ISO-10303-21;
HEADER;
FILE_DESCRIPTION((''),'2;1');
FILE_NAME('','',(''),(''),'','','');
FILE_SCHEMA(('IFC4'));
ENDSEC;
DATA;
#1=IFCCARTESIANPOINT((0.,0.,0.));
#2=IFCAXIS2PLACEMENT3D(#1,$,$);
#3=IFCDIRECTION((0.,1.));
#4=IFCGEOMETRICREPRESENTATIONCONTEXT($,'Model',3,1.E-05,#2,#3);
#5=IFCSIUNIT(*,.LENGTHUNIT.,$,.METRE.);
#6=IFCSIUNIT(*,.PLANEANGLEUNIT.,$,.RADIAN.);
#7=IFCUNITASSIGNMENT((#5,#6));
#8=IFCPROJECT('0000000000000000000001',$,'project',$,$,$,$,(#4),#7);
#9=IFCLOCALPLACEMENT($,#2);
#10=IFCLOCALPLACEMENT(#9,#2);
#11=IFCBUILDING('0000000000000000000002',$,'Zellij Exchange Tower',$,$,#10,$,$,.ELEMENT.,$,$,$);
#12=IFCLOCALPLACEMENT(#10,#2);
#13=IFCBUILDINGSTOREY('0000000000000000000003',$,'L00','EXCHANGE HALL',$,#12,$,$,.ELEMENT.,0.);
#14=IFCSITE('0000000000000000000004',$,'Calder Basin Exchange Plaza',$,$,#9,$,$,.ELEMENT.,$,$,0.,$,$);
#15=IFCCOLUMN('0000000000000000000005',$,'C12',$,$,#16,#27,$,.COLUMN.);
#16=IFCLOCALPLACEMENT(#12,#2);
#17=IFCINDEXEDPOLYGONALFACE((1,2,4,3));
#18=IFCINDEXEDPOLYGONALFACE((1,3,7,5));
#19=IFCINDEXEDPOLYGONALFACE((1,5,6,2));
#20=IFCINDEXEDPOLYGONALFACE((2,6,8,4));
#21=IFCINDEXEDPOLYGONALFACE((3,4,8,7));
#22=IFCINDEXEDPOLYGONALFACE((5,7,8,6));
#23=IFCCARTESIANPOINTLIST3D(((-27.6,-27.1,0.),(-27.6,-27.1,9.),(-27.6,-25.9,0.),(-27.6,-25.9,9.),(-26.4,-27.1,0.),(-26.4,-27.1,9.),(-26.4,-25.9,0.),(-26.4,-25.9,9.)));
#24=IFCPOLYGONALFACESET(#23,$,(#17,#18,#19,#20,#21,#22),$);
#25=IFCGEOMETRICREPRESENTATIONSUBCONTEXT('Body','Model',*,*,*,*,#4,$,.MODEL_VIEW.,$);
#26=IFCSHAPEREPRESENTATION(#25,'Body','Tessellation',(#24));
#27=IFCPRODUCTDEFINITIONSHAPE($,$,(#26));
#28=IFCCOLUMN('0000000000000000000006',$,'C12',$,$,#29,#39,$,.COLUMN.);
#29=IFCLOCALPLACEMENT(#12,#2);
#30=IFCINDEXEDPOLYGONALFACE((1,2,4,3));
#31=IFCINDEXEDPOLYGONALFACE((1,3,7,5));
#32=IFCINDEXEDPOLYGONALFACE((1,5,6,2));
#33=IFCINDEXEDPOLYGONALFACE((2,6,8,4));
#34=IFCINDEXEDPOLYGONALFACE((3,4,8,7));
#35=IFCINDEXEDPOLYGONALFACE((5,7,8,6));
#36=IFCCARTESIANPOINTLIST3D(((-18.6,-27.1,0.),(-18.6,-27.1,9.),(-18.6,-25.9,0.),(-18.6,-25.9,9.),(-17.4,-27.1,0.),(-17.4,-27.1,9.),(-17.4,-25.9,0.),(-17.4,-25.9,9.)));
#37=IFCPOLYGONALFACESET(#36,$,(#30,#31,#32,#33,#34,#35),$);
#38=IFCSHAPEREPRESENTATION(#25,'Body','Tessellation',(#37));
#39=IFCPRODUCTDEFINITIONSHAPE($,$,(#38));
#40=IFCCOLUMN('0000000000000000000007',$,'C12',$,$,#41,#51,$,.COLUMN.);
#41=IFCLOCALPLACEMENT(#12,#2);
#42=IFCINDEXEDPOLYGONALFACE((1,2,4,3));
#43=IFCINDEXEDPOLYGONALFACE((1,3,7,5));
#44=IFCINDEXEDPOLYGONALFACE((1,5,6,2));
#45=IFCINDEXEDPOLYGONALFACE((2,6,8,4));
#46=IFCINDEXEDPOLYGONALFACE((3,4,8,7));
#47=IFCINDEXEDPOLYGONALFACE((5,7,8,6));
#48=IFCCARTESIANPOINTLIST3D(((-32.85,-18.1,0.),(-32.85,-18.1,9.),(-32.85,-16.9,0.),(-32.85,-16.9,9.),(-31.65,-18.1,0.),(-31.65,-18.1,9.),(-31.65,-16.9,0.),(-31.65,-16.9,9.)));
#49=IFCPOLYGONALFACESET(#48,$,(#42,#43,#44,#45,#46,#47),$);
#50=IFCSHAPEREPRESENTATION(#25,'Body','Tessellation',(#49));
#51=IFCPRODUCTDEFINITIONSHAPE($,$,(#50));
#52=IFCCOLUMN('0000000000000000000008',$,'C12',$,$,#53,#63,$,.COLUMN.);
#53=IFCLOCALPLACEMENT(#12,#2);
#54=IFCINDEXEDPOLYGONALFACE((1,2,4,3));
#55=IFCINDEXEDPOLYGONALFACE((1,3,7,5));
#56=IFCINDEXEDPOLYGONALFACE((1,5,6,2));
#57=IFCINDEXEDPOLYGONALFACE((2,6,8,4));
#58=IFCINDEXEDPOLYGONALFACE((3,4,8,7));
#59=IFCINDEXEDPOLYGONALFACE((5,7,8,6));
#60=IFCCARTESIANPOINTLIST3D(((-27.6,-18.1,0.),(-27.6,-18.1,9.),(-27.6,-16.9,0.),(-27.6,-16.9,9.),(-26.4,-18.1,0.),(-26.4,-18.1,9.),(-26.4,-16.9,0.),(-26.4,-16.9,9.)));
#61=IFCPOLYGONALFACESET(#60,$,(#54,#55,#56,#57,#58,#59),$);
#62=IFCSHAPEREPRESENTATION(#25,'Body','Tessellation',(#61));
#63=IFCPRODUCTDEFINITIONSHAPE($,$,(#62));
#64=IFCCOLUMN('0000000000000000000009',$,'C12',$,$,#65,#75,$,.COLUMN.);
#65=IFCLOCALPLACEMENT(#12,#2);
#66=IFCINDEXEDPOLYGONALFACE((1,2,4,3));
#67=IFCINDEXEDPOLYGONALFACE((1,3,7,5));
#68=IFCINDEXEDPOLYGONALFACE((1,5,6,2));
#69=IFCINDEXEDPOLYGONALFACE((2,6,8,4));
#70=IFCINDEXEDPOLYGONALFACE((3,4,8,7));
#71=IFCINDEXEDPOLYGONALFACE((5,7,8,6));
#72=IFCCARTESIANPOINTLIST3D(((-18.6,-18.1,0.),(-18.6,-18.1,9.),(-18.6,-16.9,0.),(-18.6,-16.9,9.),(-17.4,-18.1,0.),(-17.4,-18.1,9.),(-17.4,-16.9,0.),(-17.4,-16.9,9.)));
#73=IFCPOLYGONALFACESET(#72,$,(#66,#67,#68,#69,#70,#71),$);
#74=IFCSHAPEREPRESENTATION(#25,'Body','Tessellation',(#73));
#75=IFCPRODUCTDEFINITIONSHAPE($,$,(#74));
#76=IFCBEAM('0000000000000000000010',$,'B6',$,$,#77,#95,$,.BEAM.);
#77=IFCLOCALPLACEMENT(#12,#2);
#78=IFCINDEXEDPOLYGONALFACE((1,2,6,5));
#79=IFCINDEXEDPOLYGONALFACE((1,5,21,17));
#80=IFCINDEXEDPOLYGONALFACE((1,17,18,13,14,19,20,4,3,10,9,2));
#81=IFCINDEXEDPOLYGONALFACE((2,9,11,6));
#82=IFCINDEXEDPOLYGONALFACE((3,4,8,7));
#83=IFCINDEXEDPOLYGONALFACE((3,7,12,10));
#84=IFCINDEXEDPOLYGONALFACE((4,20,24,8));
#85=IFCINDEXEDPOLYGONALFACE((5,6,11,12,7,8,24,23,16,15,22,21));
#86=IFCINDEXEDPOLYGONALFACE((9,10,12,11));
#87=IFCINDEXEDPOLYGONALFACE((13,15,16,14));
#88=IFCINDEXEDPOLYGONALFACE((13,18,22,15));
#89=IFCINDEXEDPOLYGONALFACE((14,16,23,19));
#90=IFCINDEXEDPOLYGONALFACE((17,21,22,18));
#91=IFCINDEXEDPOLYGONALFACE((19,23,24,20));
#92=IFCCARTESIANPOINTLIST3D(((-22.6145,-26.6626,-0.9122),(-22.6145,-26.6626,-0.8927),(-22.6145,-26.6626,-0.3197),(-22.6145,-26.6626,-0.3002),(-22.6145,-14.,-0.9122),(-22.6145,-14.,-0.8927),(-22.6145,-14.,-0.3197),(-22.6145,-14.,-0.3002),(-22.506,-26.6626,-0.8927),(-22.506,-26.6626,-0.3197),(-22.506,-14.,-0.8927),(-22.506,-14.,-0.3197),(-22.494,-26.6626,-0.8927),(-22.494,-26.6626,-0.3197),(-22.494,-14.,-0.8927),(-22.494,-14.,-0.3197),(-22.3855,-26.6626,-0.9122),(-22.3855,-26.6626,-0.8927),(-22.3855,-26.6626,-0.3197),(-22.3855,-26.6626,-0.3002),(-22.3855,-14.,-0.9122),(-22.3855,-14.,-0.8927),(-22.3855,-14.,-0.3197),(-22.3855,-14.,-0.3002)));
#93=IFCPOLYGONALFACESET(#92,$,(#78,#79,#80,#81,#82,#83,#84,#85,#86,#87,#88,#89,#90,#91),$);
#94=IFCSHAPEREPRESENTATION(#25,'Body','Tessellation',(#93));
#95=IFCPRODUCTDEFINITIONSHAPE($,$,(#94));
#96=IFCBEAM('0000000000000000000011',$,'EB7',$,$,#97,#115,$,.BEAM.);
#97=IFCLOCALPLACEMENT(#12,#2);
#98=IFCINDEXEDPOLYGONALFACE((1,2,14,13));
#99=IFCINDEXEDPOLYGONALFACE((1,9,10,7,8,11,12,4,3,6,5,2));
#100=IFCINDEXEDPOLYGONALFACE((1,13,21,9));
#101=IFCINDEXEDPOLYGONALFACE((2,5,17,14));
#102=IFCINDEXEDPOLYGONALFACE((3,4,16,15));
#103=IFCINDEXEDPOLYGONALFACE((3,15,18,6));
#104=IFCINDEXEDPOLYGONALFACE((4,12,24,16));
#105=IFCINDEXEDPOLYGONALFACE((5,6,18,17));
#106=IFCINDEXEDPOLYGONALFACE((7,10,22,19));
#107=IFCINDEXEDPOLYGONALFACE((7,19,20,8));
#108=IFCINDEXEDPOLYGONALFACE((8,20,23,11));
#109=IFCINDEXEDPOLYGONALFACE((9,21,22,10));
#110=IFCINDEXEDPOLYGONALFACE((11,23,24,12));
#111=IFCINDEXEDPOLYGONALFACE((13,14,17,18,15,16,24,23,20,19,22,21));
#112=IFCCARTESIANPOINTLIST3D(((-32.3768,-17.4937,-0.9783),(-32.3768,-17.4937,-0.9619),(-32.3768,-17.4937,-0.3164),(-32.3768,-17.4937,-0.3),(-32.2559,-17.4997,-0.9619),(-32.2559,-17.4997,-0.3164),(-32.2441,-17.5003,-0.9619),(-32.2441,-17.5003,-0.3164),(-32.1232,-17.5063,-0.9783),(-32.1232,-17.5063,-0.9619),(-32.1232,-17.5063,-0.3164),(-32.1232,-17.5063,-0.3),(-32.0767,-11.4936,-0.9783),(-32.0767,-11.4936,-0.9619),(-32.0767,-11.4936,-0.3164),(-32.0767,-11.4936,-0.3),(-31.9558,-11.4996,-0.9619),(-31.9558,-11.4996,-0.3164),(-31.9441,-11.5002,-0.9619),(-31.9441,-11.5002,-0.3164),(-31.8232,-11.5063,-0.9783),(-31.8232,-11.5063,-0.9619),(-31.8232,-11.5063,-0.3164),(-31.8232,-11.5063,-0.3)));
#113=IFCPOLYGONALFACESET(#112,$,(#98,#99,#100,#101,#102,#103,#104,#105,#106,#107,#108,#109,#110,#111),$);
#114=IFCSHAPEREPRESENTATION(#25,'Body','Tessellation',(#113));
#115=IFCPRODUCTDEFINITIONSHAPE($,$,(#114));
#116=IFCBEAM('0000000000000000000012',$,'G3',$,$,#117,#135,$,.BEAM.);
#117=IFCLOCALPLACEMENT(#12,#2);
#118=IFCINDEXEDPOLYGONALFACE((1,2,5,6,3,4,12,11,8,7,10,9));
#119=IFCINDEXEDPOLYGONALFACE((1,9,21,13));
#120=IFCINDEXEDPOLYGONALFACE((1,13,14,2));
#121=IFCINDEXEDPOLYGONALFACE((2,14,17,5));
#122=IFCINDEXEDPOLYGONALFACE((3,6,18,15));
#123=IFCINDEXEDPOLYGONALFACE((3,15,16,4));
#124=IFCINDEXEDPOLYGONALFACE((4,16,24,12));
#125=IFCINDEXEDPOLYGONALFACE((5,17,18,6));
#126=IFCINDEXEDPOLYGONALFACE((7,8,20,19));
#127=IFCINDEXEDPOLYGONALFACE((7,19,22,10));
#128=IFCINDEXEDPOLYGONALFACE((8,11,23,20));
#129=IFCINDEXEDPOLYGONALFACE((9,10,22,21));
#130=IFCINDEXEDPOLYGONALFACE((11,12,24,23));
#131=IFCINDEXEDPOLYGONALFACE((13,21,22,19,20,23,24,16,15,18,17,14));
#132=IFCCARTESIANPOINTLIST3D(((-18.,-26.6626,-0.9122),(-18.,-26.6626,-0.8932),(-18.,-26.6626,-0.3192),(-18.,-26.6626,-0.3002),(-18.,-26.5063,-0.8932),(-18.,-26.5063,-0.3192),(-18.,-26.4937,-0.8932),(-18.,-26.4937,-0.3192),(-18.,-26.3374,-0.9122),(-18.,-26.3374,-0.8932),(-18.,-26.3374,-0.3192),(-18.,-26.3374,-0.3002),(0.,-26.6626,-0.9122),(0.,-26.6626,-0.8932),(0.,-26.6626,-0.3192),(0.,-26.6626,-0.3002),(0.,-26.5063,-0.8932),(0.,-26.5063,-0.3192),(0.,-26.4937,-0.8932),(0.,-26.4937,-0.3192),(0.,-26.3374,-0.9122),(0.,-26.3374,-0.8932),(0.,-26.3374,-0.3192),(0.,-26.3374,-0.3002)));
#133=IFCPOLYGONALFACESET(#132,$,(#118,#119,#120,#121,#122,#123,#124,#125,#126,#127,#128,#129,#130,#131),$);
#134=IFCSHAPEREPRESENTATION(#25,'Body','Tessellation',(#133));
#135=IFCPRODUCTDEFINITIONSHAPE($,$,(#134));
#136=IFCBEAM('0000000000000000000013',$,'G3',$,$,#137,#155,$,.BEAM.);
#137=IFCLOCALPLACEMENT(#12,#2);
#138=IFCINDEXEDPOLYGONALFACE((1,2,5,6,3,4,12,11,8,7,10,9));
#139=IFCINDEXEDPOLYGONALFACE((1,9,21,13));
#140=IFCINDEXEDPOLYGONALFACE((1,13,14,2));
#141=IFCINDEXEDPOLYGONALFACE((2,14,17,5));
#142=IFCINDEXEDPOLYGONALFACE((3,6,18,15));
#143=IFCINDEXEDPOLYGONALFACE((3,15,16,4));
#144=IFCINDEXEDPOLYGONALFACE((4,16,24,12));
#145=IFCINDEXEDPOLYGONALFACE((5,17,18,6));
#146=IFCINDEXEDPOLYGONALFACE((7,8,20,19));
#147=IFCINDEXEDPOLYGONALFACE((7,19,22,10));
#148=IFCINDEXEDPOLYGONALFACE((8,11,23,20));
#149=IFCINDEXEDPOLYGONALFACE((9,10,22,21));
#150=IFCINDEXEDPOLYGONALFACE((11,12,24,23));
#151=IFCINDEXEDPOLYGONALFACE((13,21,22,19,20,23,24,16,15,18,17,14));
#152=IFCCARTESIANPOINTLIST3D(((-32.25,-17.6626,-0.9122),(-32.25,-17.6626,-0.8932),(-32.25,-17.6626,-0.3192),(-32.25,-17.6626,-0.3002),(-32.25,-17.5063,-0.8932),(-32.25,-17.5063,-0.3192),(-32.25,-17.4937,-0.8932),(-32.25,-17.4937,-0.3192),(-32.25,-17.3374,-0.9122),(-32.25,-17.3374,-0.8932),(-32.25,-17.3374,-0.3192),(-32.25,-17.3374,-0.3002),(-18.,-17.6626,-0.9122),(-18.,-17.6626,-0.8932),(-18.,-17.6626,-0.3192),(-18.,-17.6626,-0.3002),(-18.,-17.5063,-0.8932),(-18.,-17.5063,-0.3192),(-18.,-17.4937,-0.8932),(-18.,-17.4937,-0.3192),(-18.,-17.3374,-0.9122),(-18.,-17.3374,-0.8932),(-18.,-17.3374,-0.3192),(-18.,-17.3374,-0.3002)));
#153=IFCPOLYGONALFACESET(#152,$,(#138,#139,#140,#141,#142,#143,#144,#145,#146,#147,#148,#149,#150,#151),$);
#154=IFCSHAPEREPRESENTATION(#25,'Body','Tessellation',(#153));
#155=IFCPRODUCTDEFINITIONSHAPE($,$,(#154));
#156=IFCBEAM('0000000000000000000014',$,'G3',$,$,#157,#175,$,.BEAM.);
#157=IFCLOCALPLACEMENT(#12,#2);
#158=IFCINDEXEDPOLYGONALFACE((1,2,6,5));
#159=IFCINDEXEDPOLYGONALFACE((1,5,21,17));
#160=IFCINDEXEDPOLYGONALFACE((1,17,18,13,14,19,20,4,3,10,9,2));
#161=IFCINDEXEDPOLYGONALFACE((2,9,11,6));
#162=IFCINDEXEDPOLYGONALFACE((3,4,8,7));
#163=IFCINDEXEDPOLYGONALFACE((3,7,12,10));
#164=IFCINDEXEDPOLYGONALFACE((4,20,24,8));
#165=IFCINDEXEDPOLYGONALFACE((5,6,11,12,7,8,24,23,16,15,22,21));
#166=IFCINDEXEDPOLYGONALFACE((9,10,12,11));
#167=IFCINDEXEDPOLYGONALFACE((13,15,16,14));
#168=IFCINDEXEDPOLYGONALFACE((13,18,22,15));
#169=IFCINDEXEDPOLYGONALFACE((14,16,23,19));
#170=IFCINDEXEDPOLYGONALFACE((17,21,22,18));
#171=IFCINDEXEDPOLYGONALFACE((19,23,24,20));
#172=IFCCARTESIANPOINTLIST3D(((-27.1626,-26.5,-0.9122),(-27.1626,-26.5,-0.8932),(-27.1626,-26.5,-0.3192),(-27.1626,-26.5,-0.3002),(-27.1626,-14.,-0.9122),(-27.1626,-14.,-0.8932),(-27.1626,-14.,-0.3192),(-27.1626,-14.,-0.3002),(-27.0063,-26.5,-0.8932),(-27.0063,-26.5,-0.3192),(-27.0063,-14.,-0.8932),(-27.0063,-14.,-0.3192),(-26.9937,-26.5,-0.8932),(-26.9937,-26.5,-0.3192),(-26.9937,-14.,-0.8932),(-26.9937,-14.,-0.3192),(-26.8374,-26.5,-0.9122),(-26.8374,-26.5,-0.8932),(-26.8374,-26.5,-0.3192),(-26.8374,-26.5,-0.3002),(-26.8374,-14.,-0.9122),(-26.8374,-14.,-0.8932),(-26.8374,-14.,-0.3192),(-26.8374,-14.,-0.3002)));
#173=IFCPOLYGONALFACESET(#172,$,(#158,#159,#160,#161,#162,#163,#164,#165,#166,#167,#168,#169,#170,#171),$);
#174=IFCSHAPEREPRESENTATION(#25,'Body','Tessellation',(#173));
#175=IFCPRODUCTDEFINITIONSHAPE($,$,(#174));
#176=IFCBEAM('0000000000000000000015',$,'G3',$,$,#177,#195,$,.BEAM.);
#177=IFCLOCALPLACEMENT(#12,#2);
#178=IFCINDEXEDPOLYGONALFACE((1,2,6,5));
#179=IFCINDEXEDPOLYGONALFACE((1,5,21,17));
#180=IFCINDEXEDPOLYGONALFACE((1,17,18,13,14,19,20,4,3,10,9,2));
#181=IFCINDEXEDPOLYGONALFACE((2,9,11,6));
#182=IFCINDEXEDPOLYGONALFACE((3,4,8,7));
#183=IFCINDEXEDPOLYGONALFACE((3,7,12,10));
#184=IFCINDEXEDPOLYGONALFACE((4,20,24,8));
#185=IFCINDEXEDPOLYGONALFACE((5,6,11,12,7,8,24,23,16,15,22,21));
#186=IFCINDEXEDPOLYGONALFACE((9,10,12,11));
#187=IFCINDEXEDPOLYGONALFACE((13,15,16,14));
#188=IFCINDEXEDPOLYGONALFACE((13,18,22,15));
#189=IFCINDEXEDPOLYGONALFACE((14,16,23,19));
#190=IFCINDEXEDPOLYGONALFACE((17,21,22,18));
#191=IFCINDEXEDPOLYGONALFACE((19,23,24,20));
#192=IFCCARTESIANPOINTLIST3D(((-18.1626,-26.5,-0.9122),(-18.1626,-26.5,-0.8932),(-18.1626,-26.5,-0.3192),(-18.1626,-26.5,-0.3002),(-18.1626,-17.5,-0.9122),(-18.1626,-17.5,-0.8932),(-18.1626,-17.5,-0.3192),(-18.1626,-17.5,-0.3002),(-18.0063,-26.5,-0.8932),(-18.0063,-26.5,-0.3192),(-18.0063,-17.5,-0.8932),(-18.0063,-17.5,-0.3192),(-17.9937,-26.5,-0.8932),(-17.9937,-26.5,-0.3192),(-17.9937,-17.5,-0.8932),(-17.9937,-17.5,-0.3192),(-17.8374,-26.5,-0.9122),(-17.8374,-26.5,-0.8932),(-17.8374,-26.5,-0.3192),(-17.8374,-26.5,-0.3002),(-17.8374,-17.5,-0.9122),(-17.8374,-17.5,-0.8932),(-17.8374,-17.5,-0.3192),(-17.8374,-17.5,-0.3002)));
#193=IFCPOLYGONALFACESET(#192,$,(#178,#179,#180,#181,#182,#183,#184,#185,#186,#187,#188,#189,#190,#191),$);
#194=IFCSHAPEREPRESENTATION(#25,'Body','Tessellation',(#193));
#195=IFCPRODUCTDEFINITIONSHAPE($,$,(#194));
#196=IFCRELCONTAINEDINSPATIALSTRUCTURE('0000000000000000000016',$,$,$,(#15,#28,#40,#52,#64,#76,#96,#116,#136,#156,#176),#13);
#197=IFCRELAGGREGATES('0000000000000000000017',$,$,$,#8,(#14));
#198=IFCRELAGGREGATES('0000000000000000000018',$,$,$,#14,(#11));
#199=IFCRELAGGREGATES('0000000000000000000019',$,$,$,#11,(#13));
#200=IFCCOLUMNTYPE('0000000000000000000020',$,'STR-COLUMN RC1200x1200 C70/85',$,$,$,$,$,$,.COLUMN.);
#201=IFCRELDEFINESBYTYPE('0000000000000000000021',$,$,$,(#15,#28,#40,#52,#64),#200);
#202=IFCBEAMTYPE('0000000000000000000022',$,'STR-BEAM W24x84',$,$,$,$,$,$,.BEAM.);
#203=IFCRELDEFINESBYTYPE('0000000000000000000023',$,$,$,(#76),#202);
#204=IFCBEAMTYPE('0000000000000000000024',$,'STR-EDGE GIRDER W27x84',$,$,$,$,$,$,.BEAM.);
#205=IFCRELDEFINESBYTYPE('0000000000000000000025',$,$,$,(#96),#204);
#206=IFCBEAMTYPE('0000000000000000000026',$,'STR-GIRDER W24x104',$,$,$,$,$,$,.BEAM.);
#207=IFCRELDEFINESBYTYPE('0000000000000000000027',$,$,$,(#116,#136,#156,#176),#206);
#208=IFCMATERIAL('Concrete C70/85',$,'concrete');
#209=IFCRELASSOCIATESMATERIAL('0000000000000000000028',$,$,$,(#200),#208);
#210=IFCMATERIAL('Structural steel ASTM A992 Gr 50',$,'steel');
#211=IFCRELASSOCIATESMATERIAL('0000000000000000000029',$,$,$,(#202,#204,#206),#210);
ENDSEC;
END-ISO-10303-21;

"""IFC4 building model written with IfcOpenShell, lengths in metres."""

from ifc_helpers import new_model, si_unit, direction, frame, origin, origin_2d, place, context, subcontext, project, spatial, rectangle, i_section, extrude, material, material_profile, profile_set, type_object, element, save


model = new_model("IFC4")

# Units and contexts
model_context = context("Model", 3, precision=1e-05, world=origin(), true_north=direction((0.0, 1.0)))
body_context = subcontext(model_context, "Body", "Model", "MODEL_VIEW")
ifc_project = project(units=[si_unit("LENGTHUNIT", "METRE"), si_unit("PLANEANGLEUNIT", "RADIAN")], contexts=[model_context])

# Site, building, storey
site_placement = place(None, origin())
site = spatial("IfcSite", under=ifc_project, at=site_placement, Name="Calder Basin Exchange Plaza", CompositionType="ELEMENT", RefElevation=0.0)
building_placement = place(site_placement, origin())
building = spatial("IfcBuilding", under=site, at=building_placement, Name="Zellij Exchange Tower", CompositionType="ELEMENT")
storey_placement = place(building_placement, origin())
storey = spatial("IfcBuildingStorey", under=building, at=storey_placement, Name="L00", Description="EXCHANGE HALL", CompositionType="ELEMENT", Elevation=0.0)

# Columns
ifc_material_1 = material(Name="Concrete C70/85", Category="concrete")
ifc_material_profile_1 = material_profile(ifc_material_1, rectangle(XDim=1.2, YDim=1.2, at=origin_2d()), Name="STR-COLUMN RC1200x1200 C70/85")
ifc_profile_set_1 = profile_set([ifc_material_profile_1], Name="Concrete C70/85")
column_type = type_object("IfcColumnType", Name="STR-COLUMN RC1200x1200 C70/85", PredefinedType="COLUMN", material=ifc_profile_set_1)
for number, where, z_axis, x_axis, name in (
    (1, (-27.0, -26.5, 0.0), (0.0, 0.0, 1.0), (1.0, 0.0, 0.0), "C12"),
    (2, (-18.0, -26.5, 0.0), (0.0, 0.0, 1.0), (1.0, 0.0, 0.0), "C12"),
    (3, (-32.25, -17.5, 0.0), (0.0, 0.0, 1.0), (1.0, 0.0, 0.0), "C12"),
    (4, (-27.0, -17.5, 0.0), (0.0, 0.0, 1.0), (1.0, 0.0, 0.0), "C12"),
    (5, (-18.0, -17.5, 0.0), (0.0, 0.0, 1.0), (1.0, 0.0, 0.0), "C12"),
):
    element("IfcColumn", number, at=place(storey_placement, frame(where, z_axis=z_axis, x_axis=x_axis)), inside=storey, type_object=column_type, Name=name, PredefinedType="COLUMN", context=body_context, shape_type="SweptSolid", body=[
        extrude(rectangle(XDim=1.2, YDim=1.2, at=origin_2d()), origin(), (0.0, 0.0, 1.0), 9.0),
    ])

# Beams
ifc_material_2 = material(Name="Structural steel ASTM A992 Gr 50", Category="steel")
ifc_material_profile_2 = material_profile(ifc_material_2, i_section(OverallWidth=0.229, OverallDepth=0.6121, WebThickness=0.012, FlangeThickness=0.0195, at=origin_2d()), Name="W24x84")
ifc_profile_set_2 = profile_set([ifc_material_profile_2], Name="Structural steel ASTM A992 Gr 50")
beam_type_1 = type_object("IfcBeamType", Name="STR-BEAM W24x84", PredefinedType="BEAM", material=ifc_profile_set_2)
beam_1_placement = place(storey_placement, frame((-22.5, -26.6626, -0.6062), z_axis=(0.0, 1.0, 0.0), x_axis=(-1.0, 0.0, 0.0)))
element("IfcBeam", 6, at=beam_1_placement, inside=storey, type_object=beam_type_1, Name="B6", PredefinedType="BEAM", context=body_context, shape_type="SweptSolid", body=[
    extrude(i_section(OverallWidth=0.229, OverallDepth=0.6121, WebThickness=0.012, FlangeThickness=0.0195, at=origin_2d()), origin(), (0.0, 0.0, 1.0), 12.6626),
])
ifc_material_profile_3 = material_profile(ifc_material_2, i_section(OverallWidth=0.2539, OverallDepth=0.6782, WebThickness=0.0117, FlangeThickness=0.0164, at=origin_2d()), Name="W27x84")
ifc_profile_set_3 = profile_set([ifc_material_profile_3], Name="Structural steel ASTM A992 Gr 50")
beam_type_2 = type_object("IfcBeamType", Name="STR-EDGE GIRDER W27x84", PredefinedType="BEAM", material=ifc_profile_set_3)
beam_2_placement = place(storey_placement, frame((-32.25, -17.5, -0.6392), z_axis=(0.049946, 0.998752, 0.0), x_axis=(-0.998752, 0.049946, 0.0)))
element("IfcBeam", 7, at=beam_2_placement, inside=storey, type_object=beam_type_2, Name="EB7", PredefinedType="BEAM", context=body_context, shape_type="SweptSolid", body=[
    extrude(i_section(OverallWidth=0.2539, OverallDepth=0.6782, WebThickness=0.0117, FlangeThickness=0.0164, at=origin_2d()), origin(), (0.0, 0.0, 1.0), 6.0076),
])
ifc_material_profile_4 = material_profile(ifc_material_2, i_section(OverallWidth=0.3252, OverallDepth=0.6121, WebThickness=0.0127, FlangeThickness=0.019, at=origin_2d()), Name="W24x104")
ifc_profile_set_4 = profile_set([ifc_material_profile_4], Name="Structural steel ASTM A992 Gr 50")
beam_type_3 = type_object("IfcBeamType", Name="STR-GIRDER W24x104", PredefinedType="BEAM", material=ifc_profile_set_4)
beam_3_placement = place(storey_placement, frame((-18.0, -26.5, -0.6062), z_axis=(1.0, 0.0, 0.0), x_axis=(0.0, 1.0, 0.0)))
element("IfcBeam", 8, at=beam_3_placement, inside=storey, type_object=beam_type_3, Name="G3", PredefinedType="BEAM", context=body_context, shape_type="SweptSolid", body=[
    extrude(i_section(OverallWidth=0.3252, OverallDepth=0.6121, WebThickness=0.0127, FlangeThickness=0.019, at=origin_2d()), origin(), (0.0, 0.0, 1.0), 18.0),
])
beam_4_placement = place(storey_placement, frame((-32.25, -17.5, -0.6062), z_axis=(1.0, 0.0, 0.0), x_axis=(0.0, 1.0, 0.0)))
element("IfcBeam", 9, at=beam_4_placement, inside=storey, type_object=beam_type_3, Name="G3", PredefinedType="BEAM", context=body_context, shape_type="SweptSolid", body=[
    extrude(i_section(OverallWidth=0.3252, OverallDepth=0.6121, WebThickness=0.0127, FlangeThickness=0.019, at=origin_2d()), origin(), (0.0, 0.0, 1.0), 14.25),
])
beam_5_placement = place(storey_placement, frame((-27.0, -26.5, -0.6062), z_axis=(0.0, 1.0, 0.0), x_axis=(-1.0, 0.0, 0.0)))
element("IfcBeam", 10, at=beam_5_placement, inside=storey, type_object=beam_type_3, Name="G3", PredefinedType="BEAM", context=body_context, shape_type="SweptSolid", body=[
    extrude(i_section(OverallWidth=0.3252, OverallDepth=0.6121, WebThickness=0.0127, FlangeThickness=0.019, at=origin_2d()), origin(), (0.0, 0.0, 1.0), 12.5),
])
beam_6_placement = place(storey_placement, frame((-18.0, -26.5, -0.6062), z_axis=(0.0, 1.0, 0.0), x_axis=(-1.0, 0.0, 0.0)))
element("IfcBeam", 11, at=beam_6_placement, inside=storey, type_object=beam_type_3, Name="G3", PredefinedType="BEAM", context=body_context, shape_type="SweptSolid", body=[
    extrude(i_section(OverallWidth=0.3252, OverallDepth=0.6121, WebThickness=0.0127, FlangeThickness=0.019, at=origin_2d()), origin(), (0.0, 0.0, 1.0), 9.0),
])

save(model, "model.ifc")
